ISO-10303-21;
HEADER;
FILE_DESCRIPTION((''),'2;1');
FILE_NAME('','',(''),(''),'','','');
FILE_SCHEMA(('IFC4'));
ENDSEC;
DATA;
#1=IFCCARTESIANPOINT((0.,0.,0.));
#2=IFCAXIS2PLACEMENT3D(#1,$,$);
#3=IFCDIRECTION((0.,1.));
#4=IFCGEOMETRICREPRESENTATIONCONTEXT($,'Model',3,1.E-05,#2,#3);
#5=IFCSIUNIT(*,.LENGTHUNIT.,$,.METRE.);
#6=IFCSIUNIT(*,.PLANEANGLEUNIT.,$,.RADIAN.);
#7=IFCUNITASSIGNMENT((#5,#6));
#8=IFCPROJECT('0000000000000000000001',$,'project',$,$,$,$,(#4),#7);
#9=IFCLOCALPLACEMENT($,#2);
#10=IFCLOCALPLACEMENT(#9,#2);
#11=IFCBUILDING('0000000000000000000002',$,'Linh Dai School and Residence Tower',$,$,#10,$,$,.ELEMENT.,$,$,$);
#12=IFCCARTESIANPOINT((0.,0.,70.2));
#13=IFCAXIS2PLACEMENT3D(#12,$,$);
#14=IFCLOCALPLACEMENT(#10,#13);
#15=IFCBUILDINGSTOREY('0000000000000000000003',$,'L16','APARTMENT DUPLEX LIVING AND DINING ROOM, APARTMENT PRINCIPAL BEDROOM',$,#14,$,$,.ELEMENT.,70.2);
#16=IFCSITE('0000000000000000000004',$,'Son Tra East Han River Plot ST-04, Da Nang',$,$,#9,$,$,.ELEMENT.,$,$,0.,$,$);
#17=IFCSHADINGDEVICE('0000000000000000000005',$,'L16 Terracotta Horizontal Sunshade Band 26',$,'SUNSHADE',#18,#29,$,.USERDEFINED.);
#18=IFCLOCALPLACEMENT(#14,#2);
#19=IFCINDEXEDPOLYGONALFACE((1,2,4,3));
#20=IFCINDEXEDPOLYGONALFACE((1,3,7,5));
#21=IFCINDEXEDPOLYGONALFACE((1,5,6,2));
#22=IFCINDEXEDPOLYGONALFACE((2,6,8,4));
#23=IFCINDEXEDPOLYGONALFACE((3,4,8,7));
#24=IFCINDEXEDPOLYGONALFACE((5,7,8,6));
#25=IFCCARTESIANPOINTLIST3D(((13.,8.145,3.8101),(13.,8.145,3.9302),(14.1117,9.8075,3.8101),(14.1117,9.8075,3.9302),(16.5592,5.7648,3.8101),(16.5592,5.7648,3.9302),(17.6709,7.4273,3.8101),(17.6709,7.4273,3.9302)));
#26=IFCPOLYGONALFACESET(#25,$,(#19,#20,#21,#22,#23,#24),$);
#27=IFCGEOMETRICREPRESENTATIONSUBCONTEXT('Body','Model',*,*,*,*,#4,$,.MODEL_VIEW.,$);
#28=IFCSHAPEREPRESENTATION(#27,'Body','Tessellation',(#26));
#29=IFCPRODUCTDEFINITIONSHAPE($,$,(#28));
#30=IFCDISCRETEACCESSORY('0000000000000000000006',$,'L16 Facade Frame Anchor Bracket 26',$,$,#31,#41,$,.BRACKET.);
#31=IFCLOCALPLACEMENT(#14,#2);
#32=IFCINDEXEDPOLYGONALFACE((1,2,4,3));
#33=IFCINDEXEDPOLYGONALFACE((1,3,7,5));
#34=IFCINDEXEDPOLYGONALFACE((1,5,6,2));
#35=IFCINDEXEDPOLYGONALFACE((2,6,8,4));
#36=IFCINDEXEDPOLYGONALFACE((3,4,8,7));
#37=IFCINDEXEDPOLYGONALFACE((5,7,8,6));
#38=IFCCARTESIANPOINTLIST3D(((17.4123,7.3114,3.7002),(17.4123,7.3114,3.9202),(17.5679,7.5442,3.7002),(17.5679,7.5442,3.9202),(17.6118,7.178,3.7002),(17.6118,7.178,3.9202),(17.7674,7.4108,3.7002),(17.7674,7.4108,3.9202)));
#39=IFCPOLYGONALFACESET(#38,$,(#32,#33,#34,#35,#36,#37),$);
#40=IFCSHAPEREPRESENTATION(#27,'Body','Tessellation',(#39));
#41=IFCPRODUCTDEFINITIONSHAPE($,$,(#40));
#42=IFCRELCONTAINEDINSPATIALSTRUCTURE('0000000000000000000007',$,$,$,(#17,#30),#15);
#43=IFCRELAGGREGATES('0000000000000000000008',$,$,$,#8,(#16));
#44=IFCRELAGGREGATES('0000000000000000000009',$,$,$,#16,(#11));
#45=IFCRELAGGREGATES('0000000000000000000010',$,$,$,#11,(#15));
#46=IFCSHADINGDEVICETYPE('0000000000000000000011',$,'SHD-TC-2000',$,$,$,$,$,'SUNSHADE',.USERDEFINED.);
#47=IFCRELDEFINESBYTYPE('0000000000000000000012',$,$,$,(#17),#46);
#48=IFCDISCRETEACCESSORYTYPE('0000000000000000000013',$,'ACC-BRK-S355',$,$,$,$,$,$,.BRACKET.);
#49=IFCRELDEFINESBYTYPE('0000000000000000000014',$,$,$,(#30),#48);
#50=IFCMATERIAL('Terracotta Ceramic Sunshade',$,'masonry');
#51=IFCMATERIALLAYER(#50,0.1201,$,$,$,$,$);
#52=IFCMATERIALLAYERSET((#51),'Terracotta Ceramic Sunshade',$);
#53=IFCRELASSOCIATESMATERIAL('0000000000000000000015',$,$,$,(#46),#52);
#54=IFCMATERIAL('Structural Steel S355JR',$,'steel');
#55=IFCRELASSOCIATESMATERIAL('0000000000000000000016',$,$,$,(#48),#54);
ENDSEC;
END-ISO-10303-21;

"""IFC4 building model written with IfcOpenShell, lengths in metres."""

from ifc_helpers import new_model, si_unit, direction, frame, origin, origin_2d, place, context, subcontext, project, spatial, rectangle, extrude, source, transform, mapped, material, layer, layer_set, type_object, element, save


model = new_model("IFC4")

# Units and contexts
model_context = context("Model", 3, precision=1e-05, world=origin(), true_north=direction((0.0, 1.0)))
body_context = subcontext(model_context, "Body", "Model", "MODEL_VIEW")
ifc_project = project(units=[si_unit("LENGTHUNIT", "METRE"), si_unit("PLANEANGLEUNIT", "RADIAN")], contexts=[model_context])

# Site, building, storey
site_placement = place(None, origin())
site = spatial("IfcSite", under=ifc_project, at=site_placement, Name="Son Tra East Han River Plot ST-04, Da Nang", CompositionType="ELEMENT", RefElevation=0.0)
building_placement = place(site_placement, origin())
building = spatial("IfcBuilding", under=site, at=building_placement, Name="Linh Dai School and Residence Tower", CompositionType="ELEMENT")
storey_placement = place(building_placement, frame((0.0, 0.0, 70.2)))
storey = spatial("IfcBuildingStorey", under=building, at=storey_placement, Name="L16", Description="APARTMENT DUPLEX LIVING AND DINING ROOM, APARTMENT PRINCIPAL BEDROOM", CompositionType="ELEMENT", Elevation=70.2)

# Shared definitions
ifc_material_1 = material(Name="Structural Steel S355JR", Category="steel")

# Shading device
ifc_material_2 = material(Name="Terracotta Ceramic Sunshade", Category="masonry")
ifc_layer_1 = layer(ifc_material_2, 0.1201)
ifc_layer_set_1 = layer_set([ifc_layer_1], Name="Terracotta Ceramic Sunshade")
shading_device_type = type_object("IfcShadingDeviceType", Name="SHD-TC-2000", ElementType="SUNSHADE", PredefinedType="USERDEFINED", material=ifc_layer_set_1)
shared_shape_1 = source(origin(), body_context, "Body", "SweptSolid", [
    extrude(rectangle(XDim=4.2817, YDim=2.0, at=origin_2d()), origin(), (0.0, 0.0, 1.0), 0.1201),
])
shading_device_placement = place(storey_placement, frame((15.3354, 7.7861, 3.8101), z_axis=(0.0, 0.0, 1.0), x_axis=(-0.831251, 0.555898, 0.0)))
element("IfcShadingDevice", 1, at=shading_device_placement, inside=storey, type_object=shading_device_type, Name="L16 Terracotta Horizontal Sunshade Band 26", ObjectType="SUNSHADE", PredefinedType="USERDEFINED", context=body_context, shape_type="MappedRepresentation", body=[
    mapped(shared_shape_1, transform((0.0, 0.0, 0.0), x_axis=(1.0, 0.0, 0.0), y_axis=(0.0, 1.0, 0.0), z_axis=(0.0, 0.0, 1.0), scale=1.0)),
])

# Discrete accessory
discrete_accessory_type = type_object("IfcDiscreteAccessoryType", Name="ACC-BRK-S355", PredefinedType="BRACKET", material=ifc_material_1)
shared_shape_2 = source(origin(), body_context, "Body", "SweptSolid", [
    extrude(rectangle(XDim=0.28, YDim=0.24, at=origin_2d()), origin(), (0.0, 0.0, 1.0), 0.22),
])
discrete_accessory_placement = place(storey_placement, frame((17.5898, 7.3611, 3.7002), z_axis=(0.0, 0.0, 1.0), x_axis=(-0.555898, -0.831251, 0.0)))
element("IfcDiscreteAccessory", 2, at=discrete_accessory_placement, inside=storey, type_object=discrete_accessory_type, Name="L16 Facade Frame Anchor Bracket 26", PredefinedType="BRACKET", context=body_context, shape_type="MappedRepresentation", body=[
    mapped(shared_shape_2, transform((0.0, 0.0, 0.0), x_axis=(1.0, 0.0, 0.0), y_axis=(0.0, 1.0, 0.0), z_axis=(0.0, 0.0, 1.0), scale=1.0)),
])

save(model, "model.ifc")
